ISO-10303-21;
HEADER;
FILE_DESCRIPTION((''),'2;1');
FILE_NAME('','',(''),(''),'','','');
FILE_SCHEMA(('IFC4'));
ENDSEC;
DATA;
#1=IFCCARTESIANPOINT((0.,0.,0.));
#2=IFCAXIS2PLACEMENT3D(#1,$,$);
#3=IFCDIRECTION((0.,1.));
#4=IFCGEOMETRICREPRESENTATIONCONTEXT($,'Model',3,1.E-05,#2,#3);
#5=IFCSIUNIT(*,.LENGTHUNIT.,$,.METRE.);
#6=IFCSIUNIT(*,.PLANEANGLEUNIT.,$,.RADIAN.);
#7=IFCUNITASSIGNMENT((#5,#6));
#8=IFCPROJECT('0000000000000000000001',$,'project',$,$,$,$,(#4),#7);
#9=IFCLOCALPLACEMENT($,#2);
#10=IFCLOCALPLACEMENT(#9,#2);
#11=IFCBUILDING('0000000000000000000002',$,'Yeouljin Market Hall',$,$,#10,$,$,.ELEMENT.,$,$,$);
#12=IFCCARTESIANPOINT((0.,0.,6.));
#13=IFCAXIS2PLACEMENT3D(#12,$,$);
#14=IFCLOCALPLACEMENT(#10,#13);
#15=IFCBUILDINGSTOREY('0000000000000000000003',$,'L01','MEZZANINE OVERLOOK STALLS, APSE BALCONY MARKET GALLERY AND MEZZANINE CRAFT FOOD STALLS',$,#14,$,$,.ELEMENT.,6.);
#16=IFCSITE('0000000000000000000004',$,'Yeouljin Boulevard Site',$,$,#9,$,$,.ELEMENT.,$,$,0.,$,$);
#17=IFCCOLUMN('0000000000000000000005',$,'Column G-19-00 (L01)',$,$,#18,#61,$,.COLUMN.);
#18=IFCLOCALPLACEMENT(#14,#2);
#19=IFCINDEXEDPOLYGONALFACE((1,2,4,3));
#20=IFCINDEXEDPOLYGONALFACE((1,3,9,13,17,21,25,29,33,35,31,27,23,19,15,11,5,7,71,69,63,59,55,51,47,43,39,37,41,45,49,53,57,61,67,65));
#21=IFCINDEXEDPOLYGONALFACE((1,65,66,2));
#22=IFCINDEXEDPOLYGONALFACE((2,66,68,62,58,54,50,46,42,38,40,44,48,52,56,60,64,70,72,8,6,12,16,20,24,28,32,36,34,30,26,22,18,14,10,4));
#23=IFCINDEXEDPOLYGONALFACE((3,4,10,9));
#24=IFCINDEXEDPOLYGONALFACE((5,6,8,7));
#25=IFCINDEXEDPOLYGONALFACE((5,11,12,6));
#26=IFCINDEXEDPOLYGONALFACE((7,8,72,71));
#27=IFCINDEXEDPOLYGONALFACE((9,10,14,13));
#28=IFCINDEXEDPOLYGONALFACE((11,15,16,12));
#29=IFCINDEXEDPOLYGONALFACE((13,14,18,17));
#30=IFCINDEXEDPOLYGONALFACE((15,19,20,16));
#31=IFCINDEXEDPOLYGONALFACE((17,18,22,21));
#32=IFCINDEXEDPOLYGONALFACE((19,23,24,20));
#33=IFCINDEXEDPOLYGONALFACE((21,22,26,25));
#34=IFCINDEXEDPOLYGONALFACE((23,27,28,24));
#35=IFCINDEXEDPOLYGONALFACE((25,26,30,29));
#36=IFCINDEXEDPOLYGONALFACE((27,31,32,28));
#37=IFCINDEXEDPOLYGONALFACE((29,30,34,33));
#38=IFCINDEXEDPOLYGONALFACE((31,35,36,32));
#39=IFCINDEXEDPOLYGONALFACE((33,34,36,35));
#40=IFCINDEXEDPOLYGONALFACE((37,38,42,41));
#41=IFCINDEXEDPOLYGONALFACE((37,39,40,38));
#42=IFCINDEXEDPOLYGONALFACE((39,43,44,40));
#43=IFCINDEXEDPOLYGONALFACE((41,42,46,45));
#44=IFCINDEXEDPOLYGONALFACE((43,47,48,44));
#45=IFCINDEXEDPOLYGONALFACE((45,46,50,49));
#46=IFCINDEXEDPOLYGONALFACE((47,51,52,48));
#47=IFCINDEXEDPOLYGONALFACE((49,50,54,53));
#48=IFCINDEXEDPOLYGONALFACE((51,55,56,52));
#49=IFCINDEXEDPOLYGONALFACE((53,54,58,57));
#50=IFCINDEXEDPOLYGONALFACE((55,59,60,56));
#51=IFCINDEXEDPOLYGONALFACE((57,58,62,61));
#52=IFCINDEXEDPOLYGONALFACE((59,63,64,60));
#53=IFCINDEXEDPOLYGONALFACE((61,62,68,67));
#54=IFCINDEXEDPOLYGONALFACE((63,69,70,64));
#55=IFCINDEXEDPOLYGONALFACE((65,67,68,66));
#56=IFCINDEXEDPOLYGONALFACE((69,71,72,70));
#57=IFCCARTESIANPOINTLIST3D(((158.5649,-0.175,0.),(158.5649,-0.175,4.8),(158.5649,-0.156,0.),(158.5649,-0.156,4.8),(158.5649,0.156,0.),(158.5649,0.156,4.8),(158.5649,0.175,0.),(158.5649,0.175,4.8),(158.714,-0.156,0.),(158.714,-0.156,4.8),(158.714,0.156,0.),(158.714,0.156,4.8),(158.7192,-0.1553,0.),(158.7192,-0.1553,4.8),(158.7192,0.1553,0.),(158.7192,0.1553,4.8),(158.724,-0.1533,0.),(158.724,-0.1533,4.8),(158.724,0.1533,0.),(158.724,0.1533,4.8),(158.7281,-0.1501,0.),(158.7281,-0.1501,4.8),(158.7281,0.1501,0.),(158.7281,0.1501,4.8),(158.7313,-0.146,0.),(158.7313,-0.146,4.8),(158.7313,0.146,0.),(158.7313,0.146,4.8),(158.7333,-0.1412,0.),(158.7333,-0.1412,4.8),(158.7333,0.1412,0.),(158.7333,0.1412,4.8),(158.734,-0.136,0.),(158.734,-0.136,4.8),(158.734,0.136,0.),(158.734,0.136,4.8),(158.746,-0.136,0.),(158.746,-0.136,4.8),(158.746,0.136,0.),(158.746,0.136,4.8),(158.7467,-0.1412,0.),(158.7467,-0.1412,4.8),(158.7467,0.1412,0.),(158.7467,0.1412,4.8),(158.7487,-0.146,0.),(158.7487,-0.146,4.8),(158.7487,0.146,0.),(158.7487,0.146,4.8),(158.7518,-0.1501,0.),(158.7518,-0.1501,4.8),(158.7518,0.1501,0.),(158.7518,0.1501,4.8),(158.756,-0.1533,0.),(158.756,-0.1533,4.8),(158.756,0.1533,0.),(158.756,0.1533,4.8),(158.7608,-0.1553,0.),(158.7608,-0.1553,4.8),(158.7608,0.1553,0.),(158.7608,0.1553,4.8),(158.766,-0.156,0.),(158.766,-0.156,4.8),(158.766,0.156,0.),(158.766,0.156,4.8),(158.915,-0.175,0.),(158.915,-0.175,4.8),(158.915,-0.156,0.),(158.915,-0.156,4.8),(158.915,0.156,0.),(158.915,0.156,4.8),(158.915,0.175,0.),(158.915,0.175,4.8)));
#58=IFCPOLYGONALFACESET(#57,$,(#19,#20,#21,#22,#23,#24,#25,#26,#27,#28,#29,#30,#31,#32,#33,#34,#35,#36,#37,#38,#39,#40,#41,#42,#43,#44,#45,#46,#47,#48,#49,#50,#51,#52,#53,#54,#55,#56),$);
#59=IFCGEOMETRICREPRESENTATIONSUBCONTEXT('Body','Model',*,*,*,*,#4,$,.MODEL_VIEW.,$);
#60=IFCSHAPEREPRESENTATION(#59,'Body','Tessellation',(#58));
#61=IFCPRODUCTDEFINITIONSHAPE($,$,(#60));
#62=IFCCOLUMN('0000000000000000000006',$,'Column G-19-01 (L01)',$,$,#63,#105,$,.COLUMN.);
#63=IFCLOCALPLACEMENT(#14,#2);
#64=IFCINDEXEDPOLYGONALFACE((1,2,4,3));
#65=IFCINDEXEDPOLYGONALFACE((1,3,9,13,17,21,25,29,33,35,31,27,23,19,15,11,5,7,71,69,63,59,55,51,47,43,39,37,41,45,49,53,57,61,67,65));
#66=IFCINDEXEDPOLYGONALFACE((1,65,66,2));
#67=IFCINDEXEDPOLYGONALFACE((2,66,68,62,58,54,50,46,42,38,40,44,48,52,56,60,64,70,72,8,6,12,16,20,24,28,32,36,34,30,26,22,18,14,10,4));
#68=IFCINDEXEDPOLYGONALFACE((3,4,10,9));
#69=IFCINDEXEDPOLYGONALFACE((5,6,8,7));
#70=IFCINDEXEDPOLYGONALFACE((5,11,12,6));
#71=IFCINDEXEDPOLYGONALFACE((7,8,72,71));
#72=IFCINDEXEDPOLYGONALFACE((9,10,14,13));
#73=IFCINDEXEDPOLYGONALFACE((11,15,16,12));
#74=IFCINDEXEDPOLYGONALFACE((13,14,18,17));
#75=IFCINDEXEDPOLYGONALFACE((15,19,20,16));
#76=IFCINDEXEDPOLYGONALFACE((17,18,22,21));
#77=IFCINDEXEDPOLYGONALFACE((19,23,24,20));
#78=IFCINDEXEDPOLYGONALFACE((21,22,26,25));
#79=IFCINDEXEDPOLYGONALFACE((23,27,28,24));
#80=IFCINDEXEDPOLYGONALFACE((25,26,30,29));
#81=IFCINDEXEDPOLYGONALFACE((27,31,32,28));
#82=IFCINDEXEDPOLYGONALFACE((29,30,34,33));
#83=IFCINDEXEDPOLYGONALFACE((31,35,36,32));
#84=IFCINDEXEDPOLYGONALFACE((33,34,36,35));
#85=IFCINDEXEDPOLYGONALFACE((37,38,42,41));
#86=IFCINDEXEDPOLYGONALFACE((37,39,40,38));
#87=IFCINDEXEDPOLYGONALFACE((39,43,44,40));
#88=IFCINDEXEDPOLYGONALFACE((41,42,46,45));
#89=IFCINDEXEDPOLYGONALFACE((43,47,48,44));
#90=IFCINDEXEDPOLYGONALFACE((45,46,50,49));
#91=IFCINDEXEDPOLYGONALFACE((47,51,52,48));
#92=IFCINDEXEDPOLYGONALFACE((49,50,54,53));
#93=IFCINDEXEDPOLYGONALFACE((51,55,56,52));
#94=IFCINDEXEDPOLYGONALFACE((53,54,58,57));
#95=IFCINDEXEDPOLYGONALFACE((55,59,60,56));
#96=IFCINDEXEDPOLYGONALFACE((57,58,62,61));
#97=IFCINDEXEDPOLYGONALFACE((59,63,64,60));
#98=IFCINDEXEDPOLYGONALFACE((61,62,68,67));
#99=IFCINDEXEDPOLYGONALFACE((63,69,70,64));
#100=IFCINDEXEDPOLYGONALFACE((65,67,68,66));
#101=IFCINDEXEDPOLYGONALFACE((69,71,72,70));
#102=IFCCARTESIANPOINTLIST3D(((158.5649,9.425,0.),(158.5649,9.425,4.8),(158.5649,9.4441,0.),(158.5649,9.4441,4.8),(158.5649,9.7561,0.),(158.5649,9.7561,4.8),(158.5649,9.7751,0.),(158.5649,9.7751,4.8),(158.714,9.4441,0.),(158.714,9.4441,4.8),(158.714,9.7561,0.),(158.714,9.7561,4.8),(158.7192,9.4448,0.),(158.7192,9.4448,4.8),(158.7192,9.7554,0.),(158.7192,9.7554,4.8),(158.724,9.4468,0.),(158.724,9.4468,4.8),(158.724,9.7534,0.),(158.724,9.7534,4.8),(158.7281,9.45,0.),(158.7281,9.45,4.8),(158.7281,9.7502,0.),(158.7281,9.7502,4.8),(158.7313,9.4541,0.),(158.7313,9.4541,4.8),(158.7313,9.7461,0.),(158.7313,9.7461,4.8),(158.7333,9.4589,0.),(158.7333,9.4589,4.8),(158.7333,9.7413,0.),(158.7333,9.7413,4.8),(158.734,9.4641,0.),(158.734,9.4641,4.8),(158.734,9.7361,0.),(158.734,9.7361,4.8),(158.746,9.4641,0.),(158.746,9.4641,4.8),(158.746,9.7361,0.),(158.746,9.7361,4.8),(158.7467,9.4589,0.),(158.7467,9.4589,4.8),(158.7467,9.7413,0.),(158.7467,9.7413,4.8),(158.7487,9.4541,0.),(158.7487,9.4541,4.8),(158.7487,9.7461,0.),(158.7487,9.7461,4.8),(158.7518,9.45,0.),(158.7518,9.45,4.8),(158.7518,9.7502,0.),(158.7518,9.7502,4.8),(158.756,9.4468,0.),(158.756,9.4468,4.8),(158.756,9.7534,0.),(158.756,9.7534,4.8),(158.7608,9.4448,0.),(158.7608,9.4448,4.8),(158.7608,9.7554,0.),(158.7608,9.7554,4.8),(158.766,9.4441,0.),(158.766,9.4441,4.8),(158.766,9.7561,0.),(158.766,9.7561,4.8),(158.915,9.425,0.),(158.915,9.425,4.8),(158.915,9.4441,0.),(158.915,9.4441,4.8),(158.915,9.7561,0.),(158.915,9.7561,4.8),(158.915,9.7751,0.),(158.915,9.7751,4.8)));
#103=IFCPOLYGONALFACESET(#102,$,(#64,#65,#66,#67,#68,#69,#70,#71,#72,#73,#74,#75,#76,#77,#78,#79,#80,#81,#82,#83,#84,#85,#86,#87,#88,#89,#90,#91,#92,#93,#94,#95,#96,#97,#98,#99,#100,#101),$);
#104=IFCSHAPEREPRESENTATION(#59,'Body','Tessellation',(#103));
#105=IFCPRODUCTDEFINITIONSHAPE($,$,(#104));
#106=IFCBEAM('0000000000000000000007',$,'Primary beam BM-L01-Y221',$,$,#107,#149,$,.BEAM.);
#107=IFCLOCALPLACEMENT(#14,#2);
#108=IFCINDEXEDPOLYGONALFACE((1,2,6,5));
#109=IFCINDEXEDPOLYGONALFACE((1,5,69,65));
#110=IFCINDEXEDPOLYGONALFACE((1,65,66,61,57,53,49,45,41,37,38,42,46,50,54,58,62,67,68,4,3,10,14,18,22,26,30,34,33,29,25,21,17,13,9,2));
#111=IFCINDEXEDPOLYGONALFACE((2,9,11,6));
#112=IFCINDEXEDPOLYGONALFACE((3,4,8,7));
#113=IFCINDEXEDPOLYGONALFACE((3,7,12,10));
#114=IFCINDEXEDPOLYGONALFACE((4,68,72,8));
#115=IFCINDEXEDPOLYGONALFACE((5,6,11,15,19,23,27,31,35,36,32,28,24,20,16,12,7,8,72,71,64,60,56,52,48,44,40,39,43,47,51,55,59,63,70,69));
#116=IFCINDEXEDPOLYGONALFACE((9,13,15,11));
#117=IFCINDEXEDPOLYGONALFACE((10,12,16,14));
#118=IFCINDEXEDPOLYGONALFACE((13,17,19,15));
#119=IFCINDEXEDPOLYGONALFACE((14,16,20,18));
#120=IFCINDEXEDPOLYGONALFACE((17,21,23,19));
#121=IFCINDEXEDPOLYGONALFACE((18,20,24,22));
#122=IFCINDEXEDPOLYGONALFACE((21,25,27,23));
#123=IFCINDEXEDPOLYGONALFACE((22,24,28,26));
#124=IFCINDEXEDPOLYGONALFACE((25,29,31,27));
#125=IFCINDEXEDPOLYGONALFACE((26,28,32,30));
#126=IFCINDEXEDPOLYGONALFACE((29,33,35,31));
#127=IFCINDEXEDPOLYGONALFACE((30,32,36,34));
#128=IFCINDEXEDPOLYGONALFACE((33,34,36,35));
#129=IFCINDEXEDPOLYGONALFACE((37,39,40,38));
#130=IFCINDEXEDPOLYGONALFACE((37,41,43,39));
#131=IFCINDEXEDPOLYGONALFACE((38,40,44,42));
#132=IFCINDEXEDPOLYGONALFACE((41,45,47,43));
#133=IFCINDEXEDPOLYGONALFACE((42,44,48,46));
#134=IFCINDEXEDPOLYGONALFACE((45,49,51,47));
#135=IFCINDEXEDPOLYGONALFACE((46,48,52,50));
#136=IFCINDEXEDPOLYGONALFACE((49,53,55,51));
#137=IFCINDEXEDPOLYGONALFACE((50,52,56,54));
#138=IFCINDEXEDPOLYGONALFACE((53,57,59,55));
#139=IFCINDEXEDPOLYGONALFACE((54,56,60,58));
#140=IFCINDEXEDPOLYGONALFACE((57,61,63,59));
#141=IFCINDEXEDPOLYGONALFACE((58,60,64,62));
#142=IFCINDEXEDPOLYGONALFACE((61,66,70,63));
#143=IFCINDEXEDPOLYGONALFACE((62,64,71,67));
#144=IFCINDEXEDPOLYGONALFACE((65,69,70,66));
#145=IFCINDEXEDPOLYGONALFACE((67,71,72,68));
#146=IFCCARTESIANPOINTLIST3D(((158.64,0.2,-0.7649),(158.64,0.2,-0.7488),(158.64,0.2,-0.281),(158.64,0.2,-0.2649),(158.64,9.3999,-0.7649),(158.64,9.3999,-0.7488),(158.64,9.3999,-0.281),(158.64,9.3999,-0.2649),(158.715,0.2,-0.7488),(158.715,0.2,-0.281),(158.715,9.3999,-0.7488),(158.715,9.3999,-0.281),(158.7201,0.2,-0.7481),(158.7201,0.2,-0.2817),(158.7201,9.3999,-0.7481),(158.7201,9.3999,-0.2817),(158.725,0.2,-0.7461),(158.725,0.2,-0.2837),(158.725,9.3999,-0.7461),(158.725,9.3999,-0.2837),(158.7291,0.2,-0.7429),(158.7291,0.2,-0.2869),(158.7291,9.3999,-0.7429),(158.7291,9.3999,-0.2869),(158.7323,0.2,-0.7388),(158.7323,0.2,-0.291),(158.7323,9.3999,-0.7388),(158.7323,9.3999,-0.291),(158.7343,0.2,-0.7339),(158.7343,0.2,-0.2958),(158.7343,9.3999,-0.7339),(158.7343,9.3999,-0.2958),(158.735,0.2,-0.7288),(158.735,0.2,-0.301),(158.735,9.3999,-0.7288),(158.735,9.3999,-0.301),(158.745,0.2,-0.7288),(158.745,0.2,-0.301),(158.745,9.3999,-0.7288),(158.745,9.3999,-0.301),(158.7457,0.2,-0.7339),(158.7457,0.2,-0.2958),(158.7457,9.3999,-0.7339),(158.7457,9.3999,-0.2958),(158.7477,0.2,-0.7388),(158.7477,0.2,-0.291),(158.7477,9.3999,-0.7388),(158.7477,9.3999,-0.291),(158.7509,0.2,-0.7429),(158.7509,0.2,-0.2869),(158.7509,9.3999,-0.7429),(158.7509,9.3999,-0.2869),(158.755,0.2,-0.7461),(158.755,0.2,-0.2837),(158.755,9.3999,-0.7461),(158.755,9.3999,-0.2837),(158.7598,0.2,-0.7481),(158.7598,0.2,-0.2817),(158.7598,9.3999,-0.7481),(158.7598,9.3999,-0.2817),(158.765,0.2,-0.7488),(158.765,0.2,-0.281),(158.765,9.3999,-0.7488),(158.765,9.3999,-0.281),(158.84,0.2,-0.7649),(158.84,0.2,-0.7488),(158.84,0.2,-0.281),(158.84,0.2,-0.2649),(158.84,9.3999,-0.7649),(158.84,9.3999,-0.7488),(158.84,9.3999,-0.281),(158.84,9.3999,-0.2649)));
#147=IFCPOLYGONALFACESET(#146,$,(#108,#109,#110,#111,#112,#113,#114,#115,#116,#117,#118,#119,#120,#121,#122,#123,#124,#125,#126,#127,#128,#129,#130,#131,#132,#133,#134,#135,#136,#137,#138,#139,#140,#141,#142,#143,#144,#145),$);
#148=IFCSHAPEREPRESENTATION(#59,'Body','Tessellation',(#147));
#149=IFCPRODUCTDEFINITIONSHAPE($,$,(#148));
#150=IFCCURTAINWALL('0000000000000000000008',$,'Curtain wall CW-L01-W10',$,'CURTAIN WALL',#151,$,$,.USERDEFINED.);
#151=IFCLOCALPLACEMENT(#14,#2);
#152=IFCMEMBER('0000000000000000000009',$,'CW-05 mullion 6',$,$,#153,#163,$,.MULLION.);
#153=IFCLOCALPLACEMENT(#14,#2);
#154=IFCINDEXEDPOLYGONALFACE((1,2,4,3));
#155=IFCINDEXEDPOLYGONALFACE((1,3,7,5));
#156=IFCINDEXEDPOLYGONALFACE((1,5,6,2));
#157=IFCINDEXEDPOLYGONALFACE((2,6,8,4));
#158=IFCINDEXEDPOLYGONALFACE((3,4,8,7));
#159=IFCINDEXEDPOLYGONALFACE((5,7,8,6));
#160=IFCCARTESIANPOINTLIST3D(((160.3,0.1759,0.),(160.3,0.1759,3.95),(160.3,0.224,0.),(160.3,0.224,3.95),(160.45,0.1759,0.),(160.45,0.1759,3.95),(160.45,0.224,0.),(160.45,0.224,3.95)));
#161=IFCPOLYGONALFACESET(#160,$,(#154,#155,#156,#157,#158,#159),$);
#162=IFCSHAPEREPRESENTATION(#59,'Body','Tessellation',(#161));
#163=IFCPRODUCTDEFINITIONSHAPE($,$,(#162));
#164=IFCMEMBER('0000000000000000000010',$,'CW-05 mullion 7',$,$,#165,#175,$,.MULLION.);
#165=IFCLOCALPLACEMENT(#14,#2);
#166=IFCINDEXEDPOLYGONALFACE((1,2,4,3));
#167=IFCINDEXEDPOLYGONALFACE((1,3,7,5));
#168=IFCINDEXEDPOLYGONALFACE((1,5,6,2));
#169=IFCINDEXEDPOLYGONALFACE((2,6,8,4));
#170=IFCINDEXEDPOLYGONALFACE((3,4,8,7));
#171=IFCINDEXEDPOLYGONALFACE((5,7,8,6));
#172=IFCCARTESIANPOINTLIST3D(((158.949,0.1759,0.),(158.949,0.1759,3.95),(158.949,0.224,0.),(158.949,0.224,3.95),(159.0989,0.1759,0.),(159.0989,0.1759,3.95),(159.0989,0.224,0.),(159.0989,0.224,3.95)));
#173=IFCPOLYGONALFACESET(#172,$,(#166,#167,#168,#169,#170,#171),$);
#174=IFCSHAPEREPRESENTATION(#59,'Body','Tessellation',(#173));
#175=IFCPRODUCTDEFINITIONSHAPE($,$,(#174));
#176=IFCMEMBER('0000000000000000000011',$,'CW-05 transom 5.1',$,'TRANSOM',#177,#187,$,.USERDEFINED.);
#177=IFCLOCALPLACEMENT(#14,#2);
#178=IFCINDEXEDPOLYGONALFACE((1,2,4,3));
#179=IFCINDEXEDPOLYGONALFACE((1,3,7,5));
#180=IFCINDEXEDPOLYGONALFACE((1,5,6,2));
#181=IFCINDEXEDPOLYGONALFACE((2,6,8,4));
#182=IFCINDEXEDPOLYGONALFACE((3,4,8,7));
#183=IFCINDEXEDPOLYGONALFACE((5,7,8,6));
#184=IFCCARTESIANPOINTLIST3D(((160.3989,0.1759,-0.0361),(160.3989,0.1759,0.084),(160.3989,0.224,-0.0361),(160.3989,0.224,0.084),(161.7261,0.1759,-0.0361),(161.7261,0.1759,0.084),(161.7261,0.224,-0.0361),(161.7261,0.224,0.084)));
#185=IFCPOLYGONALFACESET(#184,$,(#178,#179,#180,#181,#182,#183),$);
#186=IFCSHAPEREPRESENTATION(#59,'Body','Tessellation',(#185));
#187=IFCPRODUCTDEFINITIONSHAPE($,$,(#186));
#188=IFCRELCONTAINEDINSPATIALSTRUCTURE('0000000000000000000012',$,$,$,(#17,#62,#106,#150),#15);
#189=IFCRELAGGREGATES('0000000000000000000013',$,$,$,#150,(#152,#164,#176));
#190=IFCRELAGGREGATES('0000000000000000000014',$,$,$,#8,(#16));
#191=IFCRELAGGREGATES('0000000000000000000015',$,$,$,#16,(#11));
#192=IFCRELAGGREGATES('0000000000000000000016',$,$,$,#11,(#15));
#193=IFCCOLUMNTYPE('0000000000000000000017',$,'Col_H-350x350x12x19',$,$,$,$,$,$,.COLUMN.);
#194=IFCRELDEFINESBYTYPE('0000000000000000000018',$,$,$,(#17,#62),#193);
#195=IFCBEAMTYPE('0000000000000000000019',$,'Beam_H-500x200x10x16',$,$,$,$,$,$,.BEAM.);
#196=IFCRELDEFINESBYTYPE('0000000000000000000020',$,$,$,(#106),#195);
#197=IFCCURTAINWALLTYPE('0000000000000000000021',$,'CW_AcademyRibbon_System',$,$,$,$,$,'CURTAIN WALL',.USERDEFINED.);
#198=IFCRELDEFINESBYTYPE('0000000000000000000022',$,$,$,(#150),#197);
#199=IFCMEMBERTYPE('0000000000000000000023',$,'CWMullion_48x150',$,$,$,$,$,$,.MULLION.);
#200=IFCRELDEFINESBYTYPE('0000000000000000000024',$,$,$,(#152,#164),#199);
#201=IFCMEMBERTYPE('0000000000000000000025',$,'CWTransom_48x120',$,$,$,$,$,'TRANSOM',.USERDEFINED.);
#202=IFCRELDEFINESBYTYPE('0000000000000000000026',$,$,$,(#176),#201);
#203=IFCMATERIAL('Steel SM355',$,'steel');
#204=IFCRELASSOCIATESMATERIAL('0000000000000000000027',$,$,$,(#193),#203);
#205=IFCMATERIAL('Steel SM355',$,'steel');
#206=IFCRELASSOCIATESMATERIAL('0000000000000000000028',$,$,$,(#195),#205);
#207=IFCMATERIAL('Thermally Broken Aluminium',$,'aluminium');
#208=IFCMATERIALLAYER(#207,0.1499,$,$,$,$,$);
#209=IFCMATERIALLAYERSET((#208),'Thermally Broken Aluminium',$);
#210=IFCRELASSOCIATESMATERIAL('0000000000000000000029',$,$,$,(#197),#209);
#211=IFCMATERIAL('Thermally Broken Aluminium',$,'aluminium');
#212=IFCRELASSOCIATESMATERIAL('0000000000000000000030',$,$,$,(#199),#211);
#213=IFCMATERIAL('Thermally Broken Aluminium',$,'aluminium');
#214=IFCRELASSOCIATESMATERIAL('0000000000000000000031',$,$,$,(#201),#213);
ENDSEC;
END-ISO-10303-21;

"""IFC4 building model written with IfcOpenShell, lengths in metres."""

from ifc_helpers import new_model, si_unit, direction, frame, origin, origin_2d, place, context, subcontext, project, spatial, rectangle, i_section, extrude, material, layer, layer_set, material_profile, profile_set, type_object, element, aggregate, save


model = new_model("IFC4")

# Units and contexts
model_context = context("Model", 3, precision=1e-05, world=origin(), true_north=direction((0.0, 1.0)))
body_context = subcontext(model_context, "Body", "Model", "MODEL_VIEW")
ifc_project = project(units=[si_unit("LENGTHUNIT", "METRE"), si_unit("PLANEANGLEUNIT", "RADIAN")], contexts=[model_context])

# Site, building, storey
site_placement = place(None, origin())
site = spatial("IfcSite", under=ifc_project, at=site_placement, Name="Yeouljin Boulevard Site", CompositionType="ELEMENT", RefElevation=0.0)
building_placement = place(site_placement, origin())
building = spatial("IfcBuilding", under=site, at=building_placement, Name="Yeouljin Market Hall", CompositionType="ELEMENT")
storey_placement = place(building_placement, frame((0.0, 0.0, 6.0)))
storey = spatial("IfcBuildingStorey", under=building, at=storey_placement, Name="L01", Description="MEZZANINE OVERLOOK STALLS, APSE BALCONY MARKET GALLERY AND MEZZANINE CRAFT FOOD STALLS", CompositionType="ELEMENT", Elevation=6.0)

# Columns
ifc_material_1 = material(Name="Steel SM355", Category="steel")
ifc_material_profile_1 = material_profile(ifc_material_1, i_section(OverallWidth=0.3501, OverallDepth=0.3501, WebThickness=0.012, FlangeThickness=0.019, FilletRadius=0.02, at=origin_2d()), Name="H-350x350x12x19")
ifc_profile_set_1 = profile_set([ifc_material_profile_1], Name="Steel SM355")
column_type = type_object("IfcColumnType", Name="Col_H-350x350x12x19", PredefinedType="COLUMN", material=ifc_profile_set_1)
for number, where, z_axis, x_axis, name in (
    (1, (158.74, 0.0, 0.0), (0.0, 0.0, 1.0), (1.0, 0.0, 0.0), "Column G-19-00 (L01)"),
    (2, (158.74, 9.6001, 0.0), (0.0, 0.0, 1.0), (1.0, 0.0, 0.0), "Column G-19-01 (L01)"),
):
    element("IfcColumn", number, at=place(storey_placement, frame(where, z_axis=z_axis, x_axis=x_axis)), inside=storey, type_object=column_type, Name=name, PredefinedType="COLUMN", context=body_context, shape_type="SweptSolid", body=[
        extrude(i_section(OverallWidth=0.3501, OverallDepth=0.3501, WebThickness=0.012, FlangeThickness=0.019, FilletRadius=0.02, at=origin_2d()), origin(), (0.0, 0.0, 1.0), 4.8),
    ])

# Beam
ifc_material_2 = material(Name="Steel SM355", Category="steel")
ifc_material_profile_2 = material_profile(ifc_material_2, i_section(OverallWidth=0.2, OverallDepth=0.5, WebThickness=0.01, FlangeThickness=0.0161, FilletRadius=0.02, at=origin_2d()), Name="H-500x200x10x16")
ifc_profile_set_2 = profile_set([ifc_material_profile_2], Name="Steel SM355")
beam_type_1 = type_object("IfcBeamType", Name="Beam_H-500x200x10x16", PredefinedType="BEAM", material=ifc_profile_set_2)
beam_1_placement = place(storey_placement, frame((158.74, 0.2, -0.5149), z_axis=(0.0, 1.0, 0.0), x_axis=(-1.0, 0.0, 0.0)))
element("IfcBeam", 3, at=beam_1_placement, inside=storey, type_object=beam_type_1, Name="Primary beam BM-L01-Y221", PredefinedType="BEAM", context=body_context, shape_type="SweptSolid", body=[
    extrude(i_section(OverallWidth=0.2, OverallDepth=0.5, WebThickness=0.01, FlangeThickness=0.0161, FilletRadius=0.02, at=origin_2d()), origin(), (0.0, 0.0, 1.0), 9.2),
])

# Curtain wall, members
ifc_material_3 = material(Name="Thermally Broken Aluminium", Category="aluminium")
ifc_layer_1 = layer(ifc_material_3, 0.1499)
ifc_layer_set_1 = layer_set([ifc_layer_1], Name="Thermally Broken Aluminium")
curtain_wall_type = type_object("IfcCurtainWallType", Name="CW_AcademyRibbon_System", ElementType="CURTAIN WALL", PredefinedType="USERDEFINED", material=ifc_layer_set_1)
curtain_wall_placement = place(storey_placement, origin())
curtain_wall = element("IfcCurtainWall", 4, at=curtain_wall_placement, inside=storey, type_object=curtain_wall_type, Name="Curtain wall CW-L01-W10", ObjectType="CURTAIN WALL", PredefinedType="USERDEFINED")
ifc_material_4 = material(Name="Thermally Broken Aluminium", Category="aluminium")
ifc_material_profile_3 = material_profile(ifc_material_4, rectangle(XDim=0.0481, YDim=0.1499, at=origin_2d()), Name="CW-MULL-48x150")
ifc_profile_set_3 = profile_set([ifc_material_profile_3], Name="Thermally Broken Aluminium")
member_type_1 = type_object("IfcMemberType", Name="CWMullion_48x150", PredefinedType="MULLION", material=ifc_profile_set_3)
member_1_placement = place(storey_placement, frame((160.375, 0.2, 0.0), z_axis=(0.0, 0.0, 1.0), x_axis=(0.0, -1.0, 0.0)))
member_1 = element("IfcMember", 5, at=member_1_placement, type_object=member_type_1, Name="CW-05 mullion 6", PredefinedType="MULLION", context=body_context, shape_type="SweptSolid", body=[
    extrude(rectangle(XDim=0.0481, YDim=0.1499, at=origin_2d()), origin(), (0.0, 0.0, 1.0), 3.95),
])
member_2_placement = place(storey_placement, frame((159.0239, 0.2, 0.0), z_axis=(0.0, 0.0, 1.0), x_axis=(0.0, -1.0, 0.0)))
member_2 = element("IfcMember", 6, at=member_2_placement, type_object=member_type_1, Name="CW-05 mullion 7", PredefinedType="MULLION", context=body_context, shape_type="SweptSolid", body=[
    extrude(rectangle(XDim=0.0481, YDim=0.1499, at=origin_2d()), origin(), (0.0, 0.0, 1.0), 3.95),
])
ifc_material_5 = material(Name="Thermally Broken Aluminium", Category="aluminium")
ifc_material_profile_4 = material_profile(ifc_material_5, rectangle(XDim=0.0481, YDim=0.1201, at=origin_2d()), Name="CW-TRAN-48x120")
ifc_profile_set_4 = profile_set([ifc_material_profile_4], Name="Thermally Broken Aluminium")
member_type_2 = type_object("IfcMemberType", Name="CWTransom_48x120", ElementType="TRANSOM", PredefinedType="USERDEFINED", material=ifc_profile_set_4)
member_3_placement = place(storey_placement, frame((161.7261, 0.2, 0.0239), z_axis=(-1.0, 0.0, 0.0), x_axis=(0.0, -1.0, 0.0)))
member_3 = element("IfcMember", 7, at=member_3_placement, type_object=member_type_2, Name="CW-05 transom 5.1", ObjectType="TRANSOM", PredefinedType="USERDEFINED", context=body_context, shape_type="SweptSolid", body=[
    extrude(rectangle(XDim=0.0481, YDim=0.1201, at=origin_2d()), origin(), (0.0, 0.0, 1.0), 1.3271),
])

aggregate(curtain_wall, [member_1, member_2, member_3])

save(model, "model.ifc")
